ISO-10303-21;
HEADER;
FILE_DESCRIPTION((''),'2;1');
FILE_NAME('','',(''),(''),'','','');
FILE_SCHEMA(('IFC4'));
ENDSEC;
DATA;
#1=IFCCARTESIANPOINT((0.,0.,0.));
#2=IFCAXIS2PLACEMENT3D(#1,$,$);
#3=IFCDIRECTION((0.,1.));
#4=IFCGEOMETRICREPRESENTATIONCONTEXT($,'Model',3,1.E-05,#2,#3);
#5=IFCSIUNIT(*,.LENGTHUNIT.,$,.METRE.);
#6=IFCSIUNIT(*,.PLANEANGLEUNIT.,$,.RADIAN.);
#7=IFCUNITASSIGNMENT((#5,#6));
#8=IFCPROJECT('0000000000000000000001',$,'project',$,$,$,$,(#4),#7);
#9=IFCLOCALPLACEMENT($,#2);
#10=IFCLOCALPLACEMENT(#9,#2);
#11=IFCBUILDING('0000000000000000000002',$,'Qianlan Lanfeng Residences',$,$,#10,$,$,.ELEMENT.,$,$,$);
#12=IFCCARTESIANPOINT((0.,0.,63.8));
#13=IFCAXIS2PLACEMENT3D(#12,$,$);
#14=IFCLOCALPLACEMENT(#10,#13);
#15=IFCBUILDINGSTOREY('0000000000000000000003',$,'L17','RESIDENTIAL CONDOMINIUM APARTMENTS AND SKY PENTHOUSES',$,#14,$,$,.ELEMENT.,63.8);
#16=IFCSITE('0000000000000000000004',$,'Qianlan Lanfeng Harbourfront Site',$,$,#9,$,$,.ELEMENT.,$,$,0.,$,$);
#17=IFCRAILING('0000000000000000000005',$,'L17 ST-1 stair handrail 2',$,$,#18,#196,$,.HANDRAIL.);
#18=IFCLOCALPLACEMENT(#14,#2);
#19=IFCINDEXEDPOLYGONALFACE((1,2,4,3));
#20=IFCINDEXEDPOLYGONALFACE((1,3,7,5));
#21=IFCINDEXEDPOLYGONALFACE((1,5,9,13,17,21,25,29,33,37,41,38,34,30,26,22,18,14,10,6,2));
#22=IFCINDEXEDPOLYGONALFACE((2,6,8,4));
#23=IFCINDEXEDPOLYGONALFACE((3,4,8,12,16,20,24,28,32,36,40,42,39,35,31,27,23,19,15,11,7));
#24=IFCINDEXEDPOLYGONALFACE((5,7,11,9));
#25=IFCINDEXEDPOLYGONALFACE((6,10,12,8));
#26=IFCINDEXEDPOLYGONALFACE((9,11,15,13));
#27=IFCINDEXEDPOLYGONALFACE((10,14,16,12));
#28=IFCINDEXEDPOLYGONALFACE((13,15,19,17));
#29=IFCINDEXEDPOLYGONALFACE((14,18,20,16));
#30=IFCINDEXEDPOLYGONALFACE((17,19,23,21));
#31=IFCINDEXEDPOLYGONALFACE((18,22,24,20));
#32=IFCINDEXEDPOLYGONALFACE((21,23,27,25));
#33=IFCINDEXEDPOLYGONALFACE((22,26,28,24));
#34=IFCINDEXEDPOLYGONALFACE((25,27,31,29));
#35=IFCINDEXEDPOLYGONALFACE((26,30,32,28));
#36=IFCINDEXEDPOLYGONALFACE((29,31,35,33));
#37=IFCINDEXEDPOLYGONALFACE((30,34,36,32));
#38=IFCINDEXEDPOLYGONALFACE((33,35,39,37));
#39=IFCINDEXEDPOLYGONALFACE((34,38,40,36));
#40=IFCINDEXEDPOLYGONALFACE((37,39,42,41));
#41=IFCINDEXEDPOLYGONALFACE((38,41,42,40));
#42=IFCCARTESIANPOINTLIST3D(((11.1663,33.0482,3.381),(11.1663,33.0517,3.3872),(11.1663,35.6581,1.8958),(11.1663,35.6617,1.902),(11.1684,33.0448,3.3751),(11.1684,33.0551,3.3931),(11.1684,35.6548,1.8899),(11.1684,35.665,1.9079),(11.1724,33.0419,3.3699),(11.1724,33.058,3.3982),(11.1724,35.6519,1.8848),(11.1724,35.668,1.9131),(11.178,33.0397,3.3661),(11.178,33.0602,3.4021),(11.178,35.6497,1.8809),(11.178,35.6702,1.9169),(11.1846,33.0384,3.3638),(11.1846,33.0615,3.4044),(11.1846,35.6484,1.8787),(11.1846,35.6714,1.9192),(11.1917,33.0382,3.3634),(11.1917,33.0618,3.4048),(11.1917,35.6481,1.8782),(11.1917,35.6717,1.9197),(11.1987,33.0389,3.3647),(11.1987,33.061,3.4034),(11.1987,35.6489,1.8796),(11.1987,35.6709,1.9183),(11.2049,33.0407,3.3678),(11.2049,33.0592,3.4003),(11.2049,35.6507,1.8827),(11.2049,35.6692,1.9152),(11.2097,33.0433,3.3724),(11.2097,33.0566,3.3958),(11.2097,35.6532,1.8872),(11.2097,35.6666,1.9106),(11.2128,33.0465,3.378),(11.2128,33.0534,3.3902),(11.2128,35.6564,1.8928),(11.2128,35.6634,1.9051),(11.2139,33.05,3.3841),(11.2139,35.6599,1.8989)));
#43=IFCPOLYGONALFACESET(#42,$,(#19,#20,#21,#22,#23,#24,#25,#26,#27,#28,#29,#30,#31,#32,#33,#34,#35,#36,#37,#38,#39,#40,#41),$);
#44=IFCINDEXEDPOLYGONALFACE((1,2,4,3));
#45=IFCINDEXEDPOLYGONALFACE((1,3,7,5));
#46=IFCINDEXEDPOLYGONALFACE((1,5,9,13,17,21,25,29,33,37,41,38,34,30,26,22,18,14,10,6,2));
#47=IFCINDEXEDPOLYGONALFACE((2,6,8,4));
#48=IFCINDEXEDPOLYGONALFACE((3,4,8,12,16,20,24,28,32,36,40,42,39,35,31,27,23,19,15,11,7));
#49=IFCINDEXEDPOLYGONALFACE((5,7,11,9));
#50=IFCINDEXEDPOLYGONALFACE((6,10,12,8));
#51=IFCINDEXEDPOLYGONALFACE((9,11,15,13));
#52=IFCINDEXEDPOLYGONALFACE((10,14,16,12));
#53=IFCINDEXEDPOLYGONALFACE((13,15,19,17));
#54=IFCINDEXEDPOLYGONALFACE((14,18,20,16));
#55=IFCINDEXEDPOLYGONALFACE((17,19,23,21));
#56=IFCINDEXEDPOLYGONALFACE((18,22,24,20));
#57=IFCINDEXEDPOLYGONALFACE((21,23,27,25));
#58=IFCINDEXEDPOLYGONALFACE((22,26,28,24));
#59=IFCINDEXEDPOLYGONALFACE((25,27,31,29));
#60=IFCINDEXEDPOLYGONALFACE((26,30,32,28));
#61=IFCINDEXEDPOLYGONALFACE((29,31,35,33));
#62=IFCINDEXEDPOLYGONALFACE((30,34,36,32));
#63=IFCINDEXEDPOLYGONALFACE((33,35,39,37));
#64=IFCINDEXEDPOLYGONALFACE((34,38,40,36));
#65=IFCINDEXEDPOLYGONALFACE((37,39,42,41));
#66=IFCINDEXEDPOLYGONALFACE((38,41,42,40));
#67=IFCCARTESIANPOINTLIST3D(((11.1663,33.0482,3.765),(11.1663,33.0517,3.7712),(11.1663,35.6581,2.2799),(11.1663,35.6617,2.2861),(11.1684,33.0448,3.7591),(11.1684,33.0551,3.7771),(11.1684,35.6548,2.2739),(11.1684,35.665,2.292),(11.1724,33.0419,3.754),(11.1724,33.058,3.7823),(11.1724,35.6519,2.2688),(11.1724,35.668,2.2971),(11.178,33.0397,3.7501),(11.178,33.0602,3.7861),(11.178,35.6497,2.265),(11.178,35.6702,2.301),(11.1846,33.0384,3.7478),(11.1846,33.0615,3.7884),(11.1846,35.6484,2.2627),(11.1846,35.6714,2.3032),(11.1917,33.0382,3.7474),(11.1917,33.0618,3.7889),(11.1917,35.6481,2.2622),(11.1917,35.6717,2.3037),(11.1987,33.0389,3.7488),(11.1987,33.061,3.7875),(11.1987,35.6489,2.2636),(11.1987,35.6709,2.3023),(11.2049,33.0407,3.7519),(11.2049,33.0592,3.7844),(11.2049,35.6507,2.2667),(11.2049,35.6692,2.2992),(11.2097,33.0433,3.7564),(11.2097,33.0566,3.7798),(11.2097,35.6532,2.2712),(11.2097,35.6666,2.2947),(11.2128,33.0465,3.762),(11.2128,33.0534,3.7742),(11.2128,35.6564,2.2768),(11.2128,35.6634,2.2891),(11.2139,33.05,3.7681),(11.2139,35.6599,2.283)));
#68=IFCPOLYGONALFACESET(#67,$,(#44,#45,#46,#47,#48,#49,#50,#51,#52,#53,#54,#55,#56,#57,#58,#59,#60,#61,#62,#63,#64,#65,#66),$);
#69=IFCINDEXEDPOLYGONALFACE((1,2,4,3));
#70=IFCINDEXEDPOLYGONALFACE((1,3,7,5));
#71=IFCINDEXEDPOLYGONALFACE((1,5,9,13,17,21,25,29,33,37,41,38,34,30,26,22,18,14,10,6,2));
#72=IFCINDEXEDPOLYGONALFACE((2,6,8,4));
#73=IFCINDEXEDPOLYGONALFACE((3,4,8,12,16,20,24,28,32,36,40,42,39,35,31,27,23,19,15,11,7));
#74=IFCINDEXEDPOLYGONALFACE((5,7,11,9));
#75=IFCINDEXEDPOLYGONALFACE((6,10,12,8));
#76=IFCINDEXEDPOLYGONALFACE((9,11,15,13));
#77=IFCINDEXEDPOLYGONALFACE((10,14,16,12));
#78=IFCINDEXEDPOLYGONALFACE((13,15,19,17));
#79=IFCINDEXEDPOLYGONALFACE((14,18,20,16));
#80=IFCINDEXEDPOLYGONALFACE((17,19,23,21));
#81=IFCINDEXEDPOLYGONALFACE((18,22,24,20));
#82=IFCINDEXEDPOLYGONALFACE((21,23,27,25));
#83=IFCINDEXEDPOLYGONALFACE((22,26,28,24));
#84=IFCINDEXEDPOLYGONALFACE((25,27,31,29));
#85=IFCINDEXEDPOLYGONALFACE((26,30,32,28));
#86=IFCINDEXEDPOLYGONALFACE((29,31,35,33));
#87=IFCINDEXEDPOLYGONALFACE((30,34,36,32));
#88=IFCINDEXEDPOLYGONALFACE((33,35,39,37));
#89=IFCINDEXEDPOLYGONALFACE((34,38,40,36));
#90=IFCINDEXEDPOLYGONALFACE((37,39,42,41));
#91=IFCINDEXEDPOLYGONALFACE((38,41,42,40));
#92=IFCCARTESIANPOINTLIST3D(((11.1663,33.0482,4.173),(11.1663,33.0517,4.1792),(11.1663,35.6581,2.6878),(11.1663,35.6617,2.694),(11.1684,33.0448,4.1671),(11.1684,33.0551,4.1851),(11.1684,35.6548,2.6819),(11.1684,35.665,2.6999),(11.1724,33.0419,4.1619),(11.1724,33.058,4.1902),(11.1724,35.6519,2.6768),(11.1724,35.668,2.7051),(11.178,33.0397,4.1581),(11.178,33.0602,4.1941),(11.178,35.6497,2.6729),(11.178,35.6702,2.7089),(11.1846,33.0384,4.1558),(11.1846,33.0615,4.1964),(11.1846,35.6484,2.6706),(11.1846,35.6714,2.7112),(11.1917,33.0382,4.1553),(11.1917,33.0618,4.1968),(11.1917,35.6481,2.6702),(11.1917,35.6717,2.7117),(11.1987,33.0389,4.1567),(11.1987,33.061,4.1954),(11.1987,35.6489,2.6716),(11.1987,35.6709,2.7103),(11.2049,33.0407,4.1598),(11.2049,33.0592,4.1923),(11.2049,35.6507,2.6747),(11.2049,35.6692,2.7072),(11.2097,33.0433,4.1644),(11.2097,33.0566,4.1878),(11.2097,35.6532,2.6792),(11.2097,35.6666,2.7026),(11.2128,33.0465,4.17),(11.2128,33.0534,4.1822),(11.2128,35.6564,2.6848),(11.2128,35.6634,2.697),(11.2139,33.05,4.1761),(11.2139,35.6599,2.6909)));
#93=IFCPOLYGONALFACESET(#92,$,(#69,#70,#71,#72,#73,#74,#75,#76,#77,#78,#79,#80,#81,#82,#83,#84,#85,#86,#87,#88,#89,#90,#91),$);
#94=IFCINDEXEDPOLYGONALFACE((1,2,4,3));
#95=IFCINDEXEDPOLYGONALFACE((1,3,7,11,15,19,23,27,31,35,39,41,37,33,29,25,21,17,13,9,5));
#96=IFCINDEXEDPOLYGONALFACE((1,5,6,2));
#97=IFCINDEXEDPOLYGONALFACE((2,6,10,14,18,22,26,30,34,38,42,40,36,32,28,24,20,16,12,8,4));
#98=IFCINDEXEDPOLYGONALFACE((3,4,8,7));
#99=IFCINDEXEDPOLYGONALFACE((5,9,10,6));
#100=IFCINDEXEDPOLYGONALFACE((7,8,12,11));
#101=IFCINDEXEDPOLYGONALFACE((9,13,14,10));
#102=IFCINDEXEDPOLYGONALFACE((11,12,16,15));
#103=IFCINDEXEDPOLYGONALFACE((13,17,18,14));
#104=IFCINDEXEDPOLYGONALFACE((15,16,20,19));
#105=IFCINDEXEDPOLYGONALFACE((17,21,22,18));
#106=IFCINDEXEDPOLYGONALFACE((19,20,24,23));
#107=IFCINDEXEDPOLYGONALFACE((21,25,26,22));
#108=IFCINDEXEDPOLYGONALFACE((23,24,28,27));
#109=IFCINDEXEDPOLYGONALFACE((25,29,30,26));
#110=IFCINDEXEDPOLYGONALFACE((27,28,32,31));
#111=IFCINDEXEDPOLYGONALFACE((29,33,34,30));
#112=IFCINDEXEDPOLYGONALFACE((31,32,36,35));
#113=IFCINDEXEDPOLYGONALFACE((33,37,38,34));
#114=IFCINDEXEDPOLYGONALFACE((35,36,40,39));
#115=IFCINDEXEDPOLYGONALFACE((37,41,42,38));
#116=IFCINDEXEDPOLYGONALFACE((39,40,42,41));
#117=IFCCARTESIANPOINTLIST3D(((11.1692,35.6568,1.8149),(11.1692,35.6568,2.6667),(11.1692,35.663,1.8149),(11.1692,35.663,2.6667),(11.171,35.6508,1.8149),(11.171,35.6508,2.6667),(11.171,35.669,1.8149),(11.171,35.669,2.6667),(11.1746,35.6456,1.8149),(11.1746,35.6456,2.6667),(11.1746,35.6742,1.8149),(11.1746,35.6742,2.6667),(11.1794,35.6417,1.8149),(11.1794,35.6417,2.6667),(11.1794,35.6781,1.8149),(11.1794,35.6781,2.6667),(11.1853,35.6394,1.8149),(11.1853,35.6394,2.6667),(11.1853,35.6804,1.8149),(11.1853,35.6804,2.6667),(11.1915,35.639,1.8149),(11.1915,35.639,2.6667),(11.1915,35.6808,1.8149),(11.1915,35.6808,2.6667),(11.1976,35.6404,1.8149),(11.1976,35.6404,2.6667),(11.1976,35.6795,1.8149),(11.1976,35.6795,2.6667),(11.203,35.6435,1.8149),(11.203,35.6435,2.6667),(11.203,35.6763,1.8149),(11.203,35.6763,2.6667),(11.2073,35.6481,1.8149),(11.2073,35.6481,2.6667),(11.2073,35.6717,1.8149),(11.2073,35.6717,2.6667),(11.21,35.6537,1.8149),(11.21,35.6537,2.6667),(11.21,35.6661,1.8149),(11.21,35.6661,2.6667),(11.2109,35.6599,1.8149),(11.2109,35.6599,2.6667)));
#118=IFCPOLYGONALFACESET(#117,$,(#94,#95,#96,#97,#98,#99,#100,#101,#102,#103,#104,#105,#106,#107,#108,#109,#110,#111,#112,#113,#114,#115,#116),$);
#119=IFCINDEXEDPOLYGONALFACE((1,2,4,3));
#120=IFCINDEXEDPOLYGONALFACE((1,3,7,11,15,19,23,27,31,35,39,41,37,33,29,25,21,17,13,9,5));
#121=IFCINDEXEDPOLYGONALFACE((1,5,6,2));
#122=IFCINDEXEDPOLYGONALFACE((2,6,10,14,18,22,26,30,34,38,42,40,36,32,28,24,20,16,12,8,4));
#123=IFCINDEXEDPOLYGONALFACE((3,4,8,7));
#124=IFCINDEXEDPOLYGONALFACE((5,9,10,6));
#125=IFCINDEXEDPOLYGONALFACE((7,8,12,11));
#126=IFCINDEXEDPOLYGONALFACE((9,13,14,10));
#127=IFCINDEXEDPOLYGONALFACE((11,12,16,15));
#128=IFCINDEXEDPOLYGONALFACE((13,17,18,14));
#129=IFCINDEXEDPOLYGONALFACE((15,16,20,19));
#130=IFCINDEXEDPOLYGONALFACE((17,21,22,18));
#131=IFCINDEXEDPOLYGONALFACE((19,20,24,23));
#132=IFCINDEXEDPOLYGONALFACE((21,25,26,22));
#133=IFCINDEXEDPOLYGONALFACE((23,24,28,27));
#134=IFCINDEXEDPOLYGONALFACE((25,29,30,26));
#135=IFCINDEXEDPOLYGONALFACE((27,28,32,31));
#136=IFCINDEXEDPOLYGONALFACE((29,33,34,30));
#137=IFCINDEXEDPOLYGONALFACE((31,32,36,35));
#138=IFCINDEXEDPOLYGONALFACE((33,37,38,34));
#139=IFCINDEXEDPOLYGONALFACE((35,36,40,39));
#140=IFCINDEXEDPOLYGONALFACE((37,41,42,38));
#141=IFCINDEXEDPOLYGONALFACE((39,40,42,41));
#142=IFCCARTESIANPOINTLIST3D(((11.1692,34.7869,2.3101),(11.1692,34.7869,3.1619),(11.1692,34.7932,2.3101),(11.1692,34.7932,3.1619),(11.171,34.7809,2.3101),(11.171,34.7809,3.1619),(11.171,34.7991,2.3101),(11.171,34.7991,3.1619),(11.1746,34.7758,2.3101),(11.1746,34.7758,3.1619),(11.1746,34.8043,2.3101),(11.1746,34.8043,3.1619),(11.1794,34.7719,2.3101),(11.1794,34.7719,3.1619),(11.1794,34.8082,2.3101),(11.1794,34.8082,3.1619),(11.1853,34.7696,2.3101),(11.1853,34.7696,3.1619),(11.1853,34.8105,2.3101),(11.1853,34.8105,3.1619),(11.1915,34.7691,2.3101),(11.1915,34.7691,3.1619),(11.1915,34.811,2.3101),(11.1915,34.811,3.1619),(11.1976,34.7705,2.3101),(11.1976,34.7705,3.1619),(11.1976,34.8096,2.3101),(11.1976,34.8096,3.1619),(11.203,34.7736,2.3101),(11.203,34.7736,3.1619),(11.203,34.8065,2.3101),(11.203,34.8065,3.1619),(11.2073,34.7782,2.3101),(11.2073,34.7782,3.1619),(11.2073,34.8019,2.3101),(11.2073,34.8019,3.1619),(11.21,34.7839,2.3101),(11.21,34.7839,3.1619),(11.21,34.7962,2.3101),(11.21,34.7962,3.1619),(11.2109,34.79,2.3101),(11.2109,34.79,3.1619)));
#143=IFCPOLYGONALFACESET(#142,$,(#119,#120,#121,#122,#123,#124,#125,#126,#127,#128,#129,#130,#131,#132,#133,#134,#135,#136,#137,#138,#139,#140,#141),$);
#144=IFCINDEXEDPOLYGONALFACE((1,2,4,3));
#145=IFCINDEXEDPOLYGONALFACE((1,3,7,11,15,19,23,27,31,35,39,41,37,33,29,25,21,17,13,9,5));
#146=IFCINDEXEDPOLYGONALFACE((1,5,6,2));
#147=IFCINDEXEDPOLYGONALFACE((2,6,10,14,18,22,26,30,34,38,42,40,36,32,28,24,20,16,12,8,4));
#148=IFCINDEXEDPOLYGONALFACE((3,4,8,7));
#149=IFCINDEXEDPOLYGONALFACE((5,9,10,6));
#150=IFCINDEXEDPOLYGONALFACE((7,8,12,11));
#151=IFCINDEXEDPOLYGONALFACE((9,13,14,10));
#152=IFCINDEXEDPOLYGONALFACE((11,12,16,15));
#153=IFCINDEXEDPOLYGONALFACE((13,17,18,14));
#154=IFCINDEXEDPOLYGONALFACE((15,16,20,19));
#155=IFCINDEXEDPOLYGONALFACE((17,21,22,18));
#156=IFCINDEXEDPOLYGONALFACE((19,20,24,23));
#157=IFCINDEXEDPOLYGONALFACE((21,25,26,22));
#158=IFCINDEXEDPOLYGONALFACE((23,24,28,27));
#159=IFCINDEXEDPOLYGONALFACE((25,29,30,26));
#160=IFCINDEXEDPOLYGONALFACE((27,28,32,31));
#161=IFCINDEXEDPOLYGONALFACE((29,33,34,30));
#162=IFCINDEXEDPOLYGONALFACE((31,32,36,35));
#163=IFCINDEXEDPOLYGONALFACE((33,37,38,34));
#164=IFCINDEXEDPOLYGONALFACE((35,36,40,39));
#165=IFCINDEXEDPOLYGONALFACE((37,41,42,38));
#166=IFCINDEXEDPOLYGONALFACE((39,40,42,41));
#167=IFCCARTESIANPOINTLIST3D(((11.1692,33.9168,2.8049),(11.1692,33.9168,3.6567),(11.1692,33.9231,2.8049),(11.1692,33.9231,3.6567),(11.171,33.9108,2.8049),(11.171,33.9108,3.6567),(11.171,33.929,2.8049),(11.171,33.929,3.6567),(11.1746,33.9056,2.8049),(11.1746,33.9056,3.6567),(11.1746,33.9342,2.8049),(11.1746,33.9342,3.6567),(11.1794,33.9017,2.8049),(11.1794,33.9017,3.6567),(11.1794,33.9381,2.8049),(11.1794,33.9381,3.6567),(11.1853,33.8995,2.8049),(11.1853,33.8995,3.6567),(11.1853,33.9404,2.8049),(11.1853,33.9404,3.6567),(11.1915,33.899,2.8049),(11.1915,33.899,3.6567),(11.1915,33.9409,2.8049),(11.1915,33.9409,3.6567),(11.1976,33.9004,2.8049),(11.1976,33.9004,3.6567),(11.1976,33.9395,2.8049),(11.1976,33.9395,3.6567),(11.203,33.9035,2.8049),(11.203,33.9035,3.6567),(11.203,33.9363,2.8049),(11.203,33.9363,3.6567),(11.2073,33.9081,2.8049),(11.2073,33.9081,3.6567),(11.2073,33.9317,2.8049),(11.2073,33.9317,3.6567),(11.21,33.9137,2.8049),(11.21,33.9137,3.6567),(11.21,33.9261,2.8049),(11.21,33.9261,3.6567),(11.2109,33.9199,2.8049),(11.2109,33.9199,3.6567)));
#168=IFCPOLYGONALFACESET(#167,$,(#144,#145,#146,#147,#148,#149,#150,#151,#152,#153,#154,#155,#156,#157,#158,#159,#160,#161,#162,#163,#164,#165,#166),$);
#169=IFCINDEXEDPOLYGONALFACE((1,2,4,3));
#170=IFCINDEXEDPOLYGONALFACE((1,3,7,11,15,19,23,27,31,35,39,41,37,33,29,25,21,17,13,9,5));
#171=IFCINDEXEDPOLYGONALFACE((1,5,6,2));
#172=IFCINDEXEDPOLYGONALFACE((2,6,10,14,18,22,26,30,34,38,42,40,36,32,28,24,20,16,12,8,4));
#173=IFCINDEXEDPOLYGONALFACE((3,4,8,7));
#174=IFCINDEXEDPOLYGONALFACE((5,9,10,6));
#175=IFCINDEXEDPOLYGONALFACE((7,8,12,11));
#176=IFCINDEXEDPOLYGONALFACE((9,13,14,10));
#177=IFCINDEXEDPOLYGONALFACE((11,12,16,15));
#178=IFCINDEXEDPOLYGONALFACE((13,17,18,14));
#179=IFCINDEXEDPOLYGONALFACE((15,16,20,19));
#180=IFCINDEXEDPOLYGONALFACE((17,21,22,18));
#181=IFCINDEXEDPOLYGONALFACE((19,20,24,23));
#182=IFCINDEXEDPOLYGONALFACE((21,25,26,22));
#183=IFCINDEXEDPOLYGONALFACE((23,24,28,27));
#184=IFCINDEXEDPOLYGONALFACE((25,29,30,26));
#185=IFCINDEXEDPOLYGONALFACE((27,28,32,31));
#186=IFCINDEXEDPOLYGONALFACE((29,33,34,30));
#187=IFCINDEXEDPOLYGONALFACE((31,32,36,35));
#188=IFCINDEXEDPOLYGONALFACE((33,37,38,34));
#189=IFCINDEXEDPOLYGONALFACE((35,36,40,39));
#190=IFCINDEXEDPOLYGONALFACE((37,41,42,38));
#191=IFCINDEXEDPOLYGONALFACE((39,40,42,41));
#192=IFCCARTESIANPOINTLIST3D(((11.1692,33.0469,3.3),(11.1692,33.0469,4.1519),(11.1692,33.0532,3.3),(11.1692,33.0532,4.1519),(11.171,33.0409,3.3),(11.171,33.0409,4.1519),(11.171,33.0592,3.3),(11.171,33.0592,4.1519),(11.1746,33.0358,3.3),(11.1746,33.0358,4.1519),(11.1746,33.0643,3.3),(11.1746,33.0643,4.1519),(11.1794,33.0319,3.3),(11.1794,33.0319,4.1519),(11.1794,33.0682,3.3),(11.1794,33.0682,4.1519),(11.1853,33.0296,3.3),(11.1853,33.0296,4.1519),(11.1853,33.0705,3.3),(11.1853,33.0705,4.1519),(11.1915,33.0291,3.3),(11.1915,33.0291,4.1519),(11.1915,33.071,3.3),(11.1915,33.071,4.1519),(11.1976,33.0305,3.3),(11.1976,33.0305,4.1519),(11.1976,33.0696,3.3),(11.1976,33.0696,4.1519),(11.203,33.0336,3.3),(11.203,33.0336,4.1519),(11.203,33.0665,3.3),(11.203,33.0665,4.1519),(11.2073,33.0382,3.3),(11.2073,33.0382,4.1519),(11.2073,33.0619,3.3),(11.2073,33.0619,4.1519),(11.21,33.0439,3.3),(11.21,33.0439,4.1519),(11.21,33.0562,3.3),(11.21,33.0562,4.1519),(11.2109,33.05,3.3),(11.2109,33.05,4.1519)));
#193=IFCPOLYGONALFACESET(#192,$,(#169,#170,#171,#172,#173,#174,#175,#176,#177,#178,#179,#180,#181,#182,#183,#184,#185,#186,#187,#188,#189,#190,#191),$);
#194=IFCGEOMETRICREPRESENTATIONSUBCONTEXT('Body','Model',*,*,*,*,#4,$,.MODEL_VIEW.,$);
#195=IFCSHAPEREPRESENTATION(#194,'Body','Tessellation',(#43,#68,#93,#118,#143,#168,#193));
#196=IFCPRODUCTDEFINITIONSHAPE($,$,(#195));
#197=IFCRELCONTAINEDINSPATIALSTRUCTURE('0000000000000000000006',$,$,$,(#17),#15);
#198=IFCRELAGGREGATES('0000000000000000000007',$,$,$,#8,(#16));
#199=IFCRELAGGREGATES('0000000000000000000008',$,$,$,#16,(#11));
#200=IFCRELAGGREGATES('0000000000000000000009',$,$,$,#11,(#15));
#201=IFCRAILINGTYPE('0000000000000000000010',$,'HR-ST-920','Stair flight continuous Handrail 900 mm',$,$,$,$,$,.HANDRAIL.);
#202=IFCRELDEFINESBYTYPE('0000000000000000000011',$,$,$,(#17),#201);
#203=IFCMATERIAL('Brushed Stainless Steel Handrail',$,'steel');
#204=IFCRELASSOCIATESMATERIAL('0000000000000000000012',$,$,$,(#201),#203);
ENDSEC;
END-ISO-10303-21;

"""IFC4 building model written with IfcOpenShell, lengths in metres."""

from ifc_helpers import new_model, si_unit, direction, frame, origin, origin_2d, place, context, subcontext, project, spatial, circle, extrude, material, type_object, element, save


model = new_model("IFC4")

# Units and contexts
model_context = context("Model", 3, precision=1e-05, world=origin(), true_north=direction((0.0, 1.0)))
body_context = subcontext(model_context, "Body", "Model", "MODEL_VIEW")
ifc_project = project(units=[si_unit("LENGTHUNIT", "METRE"), si_unit("PLANEANGLEUNIT", "RADIAN")], contexts=[model_context])

# Site, building, storey
site_placement = place(None, origin())
site = spatial("IfcSite", under=ifc_project, at=site_placement, Name="Qianlan Lanfeng Harbourfront Site", CompositionType="ELEMENT", RefElevation=0.0)
building_placement = place(site_placement, origin())
building = spatial("IfcBuilding", under=site, at=building_placement, Name="Qianlan Lanfeng Residences", CompositionType="ELEMENT")
storey_placement = place(building_placement, frame((0.0, 0.0, 63.8)))
storey = spatial("IfcBuildingStorey", under=building, at=storey_placement, Name="L17", Description="RESIDENTIAL CONDOMINIUM APARTMENTS AND SKY PENTHOUSES", CompositionType="ELEMENT", Elevation=63.8)

# Railing
ifc_material_1 = material(Name="Brushed Stainless Steel Handrail", Category="steel")
railing_type_1 = type_object("IfcRailingType", Name="HR-ST-920", Description="Stair flight continuous Handrail 900 mm", PredefinedType="HANDRAIL", material=ifc_material_1)
railing_1_placement = place(storey_placement, frame((11.1899, 35.6599, 1.8149)))
element("IfcRailing", 1, at=railing_1_placement, inside=storey, type_object=railing_type_1, Name="L17 ST-1 stair handrail 2", PredefinedType="HANDRAIL", context=body_context, shape_type="SweptSolid", body=[
    extrude(circle(Radius=0.0239, at=origin_2d()), frame((0.0, 0.0, 0.084), z_axis=(0.0, -0.869137, 0.494571), x_axis=(1.0, 0.0, 0.0)), (0.0, 0.0, 1.0), 3.0029),
    extrude(circle(Radius=0.0239, at=origin_2d()), frame((0.0, 0.0, 0.468), z_axis=(0.0, -0.869137, 0.494571), x_axis=(1.0, 0.0, 0.0)), (0.0, 0.0, 1.0), 3.0029),
    extrude(circle(Radius=0.0239, at=origin_2d()), frame((0.0, 0.0, 0.876), z_axis=(0.0, -0.869137, 0.494571), x_axis=(1.0, 0.0, 0.0)), (0.0, 0.0, 1.0), 3.0029),
    extrude(circle(Radius=0.021, at=origin_2d()), origin(), (0.0, 0.0, 1.0), 0.8518),
    extrude(circle(Radius=0.021, at=origin_2d()), frame((0.0, -0.8699, 0.4951)), (0.0, 0.0, 1.0), 0.8518),
    extrude(circle(Radius=0.021, at=origin_2d()), frame((0.0, -1.74, 0.99)), (0.0, 0.0, 1.0), 0.8518),
    extrude(circle(Radius=0.021, at=origin_2d()), frame((0.0, -2.6099, 1.4851)), (0.0, 0.0, 1.0), 0.8518),
])

save(model, "model.ifc")
